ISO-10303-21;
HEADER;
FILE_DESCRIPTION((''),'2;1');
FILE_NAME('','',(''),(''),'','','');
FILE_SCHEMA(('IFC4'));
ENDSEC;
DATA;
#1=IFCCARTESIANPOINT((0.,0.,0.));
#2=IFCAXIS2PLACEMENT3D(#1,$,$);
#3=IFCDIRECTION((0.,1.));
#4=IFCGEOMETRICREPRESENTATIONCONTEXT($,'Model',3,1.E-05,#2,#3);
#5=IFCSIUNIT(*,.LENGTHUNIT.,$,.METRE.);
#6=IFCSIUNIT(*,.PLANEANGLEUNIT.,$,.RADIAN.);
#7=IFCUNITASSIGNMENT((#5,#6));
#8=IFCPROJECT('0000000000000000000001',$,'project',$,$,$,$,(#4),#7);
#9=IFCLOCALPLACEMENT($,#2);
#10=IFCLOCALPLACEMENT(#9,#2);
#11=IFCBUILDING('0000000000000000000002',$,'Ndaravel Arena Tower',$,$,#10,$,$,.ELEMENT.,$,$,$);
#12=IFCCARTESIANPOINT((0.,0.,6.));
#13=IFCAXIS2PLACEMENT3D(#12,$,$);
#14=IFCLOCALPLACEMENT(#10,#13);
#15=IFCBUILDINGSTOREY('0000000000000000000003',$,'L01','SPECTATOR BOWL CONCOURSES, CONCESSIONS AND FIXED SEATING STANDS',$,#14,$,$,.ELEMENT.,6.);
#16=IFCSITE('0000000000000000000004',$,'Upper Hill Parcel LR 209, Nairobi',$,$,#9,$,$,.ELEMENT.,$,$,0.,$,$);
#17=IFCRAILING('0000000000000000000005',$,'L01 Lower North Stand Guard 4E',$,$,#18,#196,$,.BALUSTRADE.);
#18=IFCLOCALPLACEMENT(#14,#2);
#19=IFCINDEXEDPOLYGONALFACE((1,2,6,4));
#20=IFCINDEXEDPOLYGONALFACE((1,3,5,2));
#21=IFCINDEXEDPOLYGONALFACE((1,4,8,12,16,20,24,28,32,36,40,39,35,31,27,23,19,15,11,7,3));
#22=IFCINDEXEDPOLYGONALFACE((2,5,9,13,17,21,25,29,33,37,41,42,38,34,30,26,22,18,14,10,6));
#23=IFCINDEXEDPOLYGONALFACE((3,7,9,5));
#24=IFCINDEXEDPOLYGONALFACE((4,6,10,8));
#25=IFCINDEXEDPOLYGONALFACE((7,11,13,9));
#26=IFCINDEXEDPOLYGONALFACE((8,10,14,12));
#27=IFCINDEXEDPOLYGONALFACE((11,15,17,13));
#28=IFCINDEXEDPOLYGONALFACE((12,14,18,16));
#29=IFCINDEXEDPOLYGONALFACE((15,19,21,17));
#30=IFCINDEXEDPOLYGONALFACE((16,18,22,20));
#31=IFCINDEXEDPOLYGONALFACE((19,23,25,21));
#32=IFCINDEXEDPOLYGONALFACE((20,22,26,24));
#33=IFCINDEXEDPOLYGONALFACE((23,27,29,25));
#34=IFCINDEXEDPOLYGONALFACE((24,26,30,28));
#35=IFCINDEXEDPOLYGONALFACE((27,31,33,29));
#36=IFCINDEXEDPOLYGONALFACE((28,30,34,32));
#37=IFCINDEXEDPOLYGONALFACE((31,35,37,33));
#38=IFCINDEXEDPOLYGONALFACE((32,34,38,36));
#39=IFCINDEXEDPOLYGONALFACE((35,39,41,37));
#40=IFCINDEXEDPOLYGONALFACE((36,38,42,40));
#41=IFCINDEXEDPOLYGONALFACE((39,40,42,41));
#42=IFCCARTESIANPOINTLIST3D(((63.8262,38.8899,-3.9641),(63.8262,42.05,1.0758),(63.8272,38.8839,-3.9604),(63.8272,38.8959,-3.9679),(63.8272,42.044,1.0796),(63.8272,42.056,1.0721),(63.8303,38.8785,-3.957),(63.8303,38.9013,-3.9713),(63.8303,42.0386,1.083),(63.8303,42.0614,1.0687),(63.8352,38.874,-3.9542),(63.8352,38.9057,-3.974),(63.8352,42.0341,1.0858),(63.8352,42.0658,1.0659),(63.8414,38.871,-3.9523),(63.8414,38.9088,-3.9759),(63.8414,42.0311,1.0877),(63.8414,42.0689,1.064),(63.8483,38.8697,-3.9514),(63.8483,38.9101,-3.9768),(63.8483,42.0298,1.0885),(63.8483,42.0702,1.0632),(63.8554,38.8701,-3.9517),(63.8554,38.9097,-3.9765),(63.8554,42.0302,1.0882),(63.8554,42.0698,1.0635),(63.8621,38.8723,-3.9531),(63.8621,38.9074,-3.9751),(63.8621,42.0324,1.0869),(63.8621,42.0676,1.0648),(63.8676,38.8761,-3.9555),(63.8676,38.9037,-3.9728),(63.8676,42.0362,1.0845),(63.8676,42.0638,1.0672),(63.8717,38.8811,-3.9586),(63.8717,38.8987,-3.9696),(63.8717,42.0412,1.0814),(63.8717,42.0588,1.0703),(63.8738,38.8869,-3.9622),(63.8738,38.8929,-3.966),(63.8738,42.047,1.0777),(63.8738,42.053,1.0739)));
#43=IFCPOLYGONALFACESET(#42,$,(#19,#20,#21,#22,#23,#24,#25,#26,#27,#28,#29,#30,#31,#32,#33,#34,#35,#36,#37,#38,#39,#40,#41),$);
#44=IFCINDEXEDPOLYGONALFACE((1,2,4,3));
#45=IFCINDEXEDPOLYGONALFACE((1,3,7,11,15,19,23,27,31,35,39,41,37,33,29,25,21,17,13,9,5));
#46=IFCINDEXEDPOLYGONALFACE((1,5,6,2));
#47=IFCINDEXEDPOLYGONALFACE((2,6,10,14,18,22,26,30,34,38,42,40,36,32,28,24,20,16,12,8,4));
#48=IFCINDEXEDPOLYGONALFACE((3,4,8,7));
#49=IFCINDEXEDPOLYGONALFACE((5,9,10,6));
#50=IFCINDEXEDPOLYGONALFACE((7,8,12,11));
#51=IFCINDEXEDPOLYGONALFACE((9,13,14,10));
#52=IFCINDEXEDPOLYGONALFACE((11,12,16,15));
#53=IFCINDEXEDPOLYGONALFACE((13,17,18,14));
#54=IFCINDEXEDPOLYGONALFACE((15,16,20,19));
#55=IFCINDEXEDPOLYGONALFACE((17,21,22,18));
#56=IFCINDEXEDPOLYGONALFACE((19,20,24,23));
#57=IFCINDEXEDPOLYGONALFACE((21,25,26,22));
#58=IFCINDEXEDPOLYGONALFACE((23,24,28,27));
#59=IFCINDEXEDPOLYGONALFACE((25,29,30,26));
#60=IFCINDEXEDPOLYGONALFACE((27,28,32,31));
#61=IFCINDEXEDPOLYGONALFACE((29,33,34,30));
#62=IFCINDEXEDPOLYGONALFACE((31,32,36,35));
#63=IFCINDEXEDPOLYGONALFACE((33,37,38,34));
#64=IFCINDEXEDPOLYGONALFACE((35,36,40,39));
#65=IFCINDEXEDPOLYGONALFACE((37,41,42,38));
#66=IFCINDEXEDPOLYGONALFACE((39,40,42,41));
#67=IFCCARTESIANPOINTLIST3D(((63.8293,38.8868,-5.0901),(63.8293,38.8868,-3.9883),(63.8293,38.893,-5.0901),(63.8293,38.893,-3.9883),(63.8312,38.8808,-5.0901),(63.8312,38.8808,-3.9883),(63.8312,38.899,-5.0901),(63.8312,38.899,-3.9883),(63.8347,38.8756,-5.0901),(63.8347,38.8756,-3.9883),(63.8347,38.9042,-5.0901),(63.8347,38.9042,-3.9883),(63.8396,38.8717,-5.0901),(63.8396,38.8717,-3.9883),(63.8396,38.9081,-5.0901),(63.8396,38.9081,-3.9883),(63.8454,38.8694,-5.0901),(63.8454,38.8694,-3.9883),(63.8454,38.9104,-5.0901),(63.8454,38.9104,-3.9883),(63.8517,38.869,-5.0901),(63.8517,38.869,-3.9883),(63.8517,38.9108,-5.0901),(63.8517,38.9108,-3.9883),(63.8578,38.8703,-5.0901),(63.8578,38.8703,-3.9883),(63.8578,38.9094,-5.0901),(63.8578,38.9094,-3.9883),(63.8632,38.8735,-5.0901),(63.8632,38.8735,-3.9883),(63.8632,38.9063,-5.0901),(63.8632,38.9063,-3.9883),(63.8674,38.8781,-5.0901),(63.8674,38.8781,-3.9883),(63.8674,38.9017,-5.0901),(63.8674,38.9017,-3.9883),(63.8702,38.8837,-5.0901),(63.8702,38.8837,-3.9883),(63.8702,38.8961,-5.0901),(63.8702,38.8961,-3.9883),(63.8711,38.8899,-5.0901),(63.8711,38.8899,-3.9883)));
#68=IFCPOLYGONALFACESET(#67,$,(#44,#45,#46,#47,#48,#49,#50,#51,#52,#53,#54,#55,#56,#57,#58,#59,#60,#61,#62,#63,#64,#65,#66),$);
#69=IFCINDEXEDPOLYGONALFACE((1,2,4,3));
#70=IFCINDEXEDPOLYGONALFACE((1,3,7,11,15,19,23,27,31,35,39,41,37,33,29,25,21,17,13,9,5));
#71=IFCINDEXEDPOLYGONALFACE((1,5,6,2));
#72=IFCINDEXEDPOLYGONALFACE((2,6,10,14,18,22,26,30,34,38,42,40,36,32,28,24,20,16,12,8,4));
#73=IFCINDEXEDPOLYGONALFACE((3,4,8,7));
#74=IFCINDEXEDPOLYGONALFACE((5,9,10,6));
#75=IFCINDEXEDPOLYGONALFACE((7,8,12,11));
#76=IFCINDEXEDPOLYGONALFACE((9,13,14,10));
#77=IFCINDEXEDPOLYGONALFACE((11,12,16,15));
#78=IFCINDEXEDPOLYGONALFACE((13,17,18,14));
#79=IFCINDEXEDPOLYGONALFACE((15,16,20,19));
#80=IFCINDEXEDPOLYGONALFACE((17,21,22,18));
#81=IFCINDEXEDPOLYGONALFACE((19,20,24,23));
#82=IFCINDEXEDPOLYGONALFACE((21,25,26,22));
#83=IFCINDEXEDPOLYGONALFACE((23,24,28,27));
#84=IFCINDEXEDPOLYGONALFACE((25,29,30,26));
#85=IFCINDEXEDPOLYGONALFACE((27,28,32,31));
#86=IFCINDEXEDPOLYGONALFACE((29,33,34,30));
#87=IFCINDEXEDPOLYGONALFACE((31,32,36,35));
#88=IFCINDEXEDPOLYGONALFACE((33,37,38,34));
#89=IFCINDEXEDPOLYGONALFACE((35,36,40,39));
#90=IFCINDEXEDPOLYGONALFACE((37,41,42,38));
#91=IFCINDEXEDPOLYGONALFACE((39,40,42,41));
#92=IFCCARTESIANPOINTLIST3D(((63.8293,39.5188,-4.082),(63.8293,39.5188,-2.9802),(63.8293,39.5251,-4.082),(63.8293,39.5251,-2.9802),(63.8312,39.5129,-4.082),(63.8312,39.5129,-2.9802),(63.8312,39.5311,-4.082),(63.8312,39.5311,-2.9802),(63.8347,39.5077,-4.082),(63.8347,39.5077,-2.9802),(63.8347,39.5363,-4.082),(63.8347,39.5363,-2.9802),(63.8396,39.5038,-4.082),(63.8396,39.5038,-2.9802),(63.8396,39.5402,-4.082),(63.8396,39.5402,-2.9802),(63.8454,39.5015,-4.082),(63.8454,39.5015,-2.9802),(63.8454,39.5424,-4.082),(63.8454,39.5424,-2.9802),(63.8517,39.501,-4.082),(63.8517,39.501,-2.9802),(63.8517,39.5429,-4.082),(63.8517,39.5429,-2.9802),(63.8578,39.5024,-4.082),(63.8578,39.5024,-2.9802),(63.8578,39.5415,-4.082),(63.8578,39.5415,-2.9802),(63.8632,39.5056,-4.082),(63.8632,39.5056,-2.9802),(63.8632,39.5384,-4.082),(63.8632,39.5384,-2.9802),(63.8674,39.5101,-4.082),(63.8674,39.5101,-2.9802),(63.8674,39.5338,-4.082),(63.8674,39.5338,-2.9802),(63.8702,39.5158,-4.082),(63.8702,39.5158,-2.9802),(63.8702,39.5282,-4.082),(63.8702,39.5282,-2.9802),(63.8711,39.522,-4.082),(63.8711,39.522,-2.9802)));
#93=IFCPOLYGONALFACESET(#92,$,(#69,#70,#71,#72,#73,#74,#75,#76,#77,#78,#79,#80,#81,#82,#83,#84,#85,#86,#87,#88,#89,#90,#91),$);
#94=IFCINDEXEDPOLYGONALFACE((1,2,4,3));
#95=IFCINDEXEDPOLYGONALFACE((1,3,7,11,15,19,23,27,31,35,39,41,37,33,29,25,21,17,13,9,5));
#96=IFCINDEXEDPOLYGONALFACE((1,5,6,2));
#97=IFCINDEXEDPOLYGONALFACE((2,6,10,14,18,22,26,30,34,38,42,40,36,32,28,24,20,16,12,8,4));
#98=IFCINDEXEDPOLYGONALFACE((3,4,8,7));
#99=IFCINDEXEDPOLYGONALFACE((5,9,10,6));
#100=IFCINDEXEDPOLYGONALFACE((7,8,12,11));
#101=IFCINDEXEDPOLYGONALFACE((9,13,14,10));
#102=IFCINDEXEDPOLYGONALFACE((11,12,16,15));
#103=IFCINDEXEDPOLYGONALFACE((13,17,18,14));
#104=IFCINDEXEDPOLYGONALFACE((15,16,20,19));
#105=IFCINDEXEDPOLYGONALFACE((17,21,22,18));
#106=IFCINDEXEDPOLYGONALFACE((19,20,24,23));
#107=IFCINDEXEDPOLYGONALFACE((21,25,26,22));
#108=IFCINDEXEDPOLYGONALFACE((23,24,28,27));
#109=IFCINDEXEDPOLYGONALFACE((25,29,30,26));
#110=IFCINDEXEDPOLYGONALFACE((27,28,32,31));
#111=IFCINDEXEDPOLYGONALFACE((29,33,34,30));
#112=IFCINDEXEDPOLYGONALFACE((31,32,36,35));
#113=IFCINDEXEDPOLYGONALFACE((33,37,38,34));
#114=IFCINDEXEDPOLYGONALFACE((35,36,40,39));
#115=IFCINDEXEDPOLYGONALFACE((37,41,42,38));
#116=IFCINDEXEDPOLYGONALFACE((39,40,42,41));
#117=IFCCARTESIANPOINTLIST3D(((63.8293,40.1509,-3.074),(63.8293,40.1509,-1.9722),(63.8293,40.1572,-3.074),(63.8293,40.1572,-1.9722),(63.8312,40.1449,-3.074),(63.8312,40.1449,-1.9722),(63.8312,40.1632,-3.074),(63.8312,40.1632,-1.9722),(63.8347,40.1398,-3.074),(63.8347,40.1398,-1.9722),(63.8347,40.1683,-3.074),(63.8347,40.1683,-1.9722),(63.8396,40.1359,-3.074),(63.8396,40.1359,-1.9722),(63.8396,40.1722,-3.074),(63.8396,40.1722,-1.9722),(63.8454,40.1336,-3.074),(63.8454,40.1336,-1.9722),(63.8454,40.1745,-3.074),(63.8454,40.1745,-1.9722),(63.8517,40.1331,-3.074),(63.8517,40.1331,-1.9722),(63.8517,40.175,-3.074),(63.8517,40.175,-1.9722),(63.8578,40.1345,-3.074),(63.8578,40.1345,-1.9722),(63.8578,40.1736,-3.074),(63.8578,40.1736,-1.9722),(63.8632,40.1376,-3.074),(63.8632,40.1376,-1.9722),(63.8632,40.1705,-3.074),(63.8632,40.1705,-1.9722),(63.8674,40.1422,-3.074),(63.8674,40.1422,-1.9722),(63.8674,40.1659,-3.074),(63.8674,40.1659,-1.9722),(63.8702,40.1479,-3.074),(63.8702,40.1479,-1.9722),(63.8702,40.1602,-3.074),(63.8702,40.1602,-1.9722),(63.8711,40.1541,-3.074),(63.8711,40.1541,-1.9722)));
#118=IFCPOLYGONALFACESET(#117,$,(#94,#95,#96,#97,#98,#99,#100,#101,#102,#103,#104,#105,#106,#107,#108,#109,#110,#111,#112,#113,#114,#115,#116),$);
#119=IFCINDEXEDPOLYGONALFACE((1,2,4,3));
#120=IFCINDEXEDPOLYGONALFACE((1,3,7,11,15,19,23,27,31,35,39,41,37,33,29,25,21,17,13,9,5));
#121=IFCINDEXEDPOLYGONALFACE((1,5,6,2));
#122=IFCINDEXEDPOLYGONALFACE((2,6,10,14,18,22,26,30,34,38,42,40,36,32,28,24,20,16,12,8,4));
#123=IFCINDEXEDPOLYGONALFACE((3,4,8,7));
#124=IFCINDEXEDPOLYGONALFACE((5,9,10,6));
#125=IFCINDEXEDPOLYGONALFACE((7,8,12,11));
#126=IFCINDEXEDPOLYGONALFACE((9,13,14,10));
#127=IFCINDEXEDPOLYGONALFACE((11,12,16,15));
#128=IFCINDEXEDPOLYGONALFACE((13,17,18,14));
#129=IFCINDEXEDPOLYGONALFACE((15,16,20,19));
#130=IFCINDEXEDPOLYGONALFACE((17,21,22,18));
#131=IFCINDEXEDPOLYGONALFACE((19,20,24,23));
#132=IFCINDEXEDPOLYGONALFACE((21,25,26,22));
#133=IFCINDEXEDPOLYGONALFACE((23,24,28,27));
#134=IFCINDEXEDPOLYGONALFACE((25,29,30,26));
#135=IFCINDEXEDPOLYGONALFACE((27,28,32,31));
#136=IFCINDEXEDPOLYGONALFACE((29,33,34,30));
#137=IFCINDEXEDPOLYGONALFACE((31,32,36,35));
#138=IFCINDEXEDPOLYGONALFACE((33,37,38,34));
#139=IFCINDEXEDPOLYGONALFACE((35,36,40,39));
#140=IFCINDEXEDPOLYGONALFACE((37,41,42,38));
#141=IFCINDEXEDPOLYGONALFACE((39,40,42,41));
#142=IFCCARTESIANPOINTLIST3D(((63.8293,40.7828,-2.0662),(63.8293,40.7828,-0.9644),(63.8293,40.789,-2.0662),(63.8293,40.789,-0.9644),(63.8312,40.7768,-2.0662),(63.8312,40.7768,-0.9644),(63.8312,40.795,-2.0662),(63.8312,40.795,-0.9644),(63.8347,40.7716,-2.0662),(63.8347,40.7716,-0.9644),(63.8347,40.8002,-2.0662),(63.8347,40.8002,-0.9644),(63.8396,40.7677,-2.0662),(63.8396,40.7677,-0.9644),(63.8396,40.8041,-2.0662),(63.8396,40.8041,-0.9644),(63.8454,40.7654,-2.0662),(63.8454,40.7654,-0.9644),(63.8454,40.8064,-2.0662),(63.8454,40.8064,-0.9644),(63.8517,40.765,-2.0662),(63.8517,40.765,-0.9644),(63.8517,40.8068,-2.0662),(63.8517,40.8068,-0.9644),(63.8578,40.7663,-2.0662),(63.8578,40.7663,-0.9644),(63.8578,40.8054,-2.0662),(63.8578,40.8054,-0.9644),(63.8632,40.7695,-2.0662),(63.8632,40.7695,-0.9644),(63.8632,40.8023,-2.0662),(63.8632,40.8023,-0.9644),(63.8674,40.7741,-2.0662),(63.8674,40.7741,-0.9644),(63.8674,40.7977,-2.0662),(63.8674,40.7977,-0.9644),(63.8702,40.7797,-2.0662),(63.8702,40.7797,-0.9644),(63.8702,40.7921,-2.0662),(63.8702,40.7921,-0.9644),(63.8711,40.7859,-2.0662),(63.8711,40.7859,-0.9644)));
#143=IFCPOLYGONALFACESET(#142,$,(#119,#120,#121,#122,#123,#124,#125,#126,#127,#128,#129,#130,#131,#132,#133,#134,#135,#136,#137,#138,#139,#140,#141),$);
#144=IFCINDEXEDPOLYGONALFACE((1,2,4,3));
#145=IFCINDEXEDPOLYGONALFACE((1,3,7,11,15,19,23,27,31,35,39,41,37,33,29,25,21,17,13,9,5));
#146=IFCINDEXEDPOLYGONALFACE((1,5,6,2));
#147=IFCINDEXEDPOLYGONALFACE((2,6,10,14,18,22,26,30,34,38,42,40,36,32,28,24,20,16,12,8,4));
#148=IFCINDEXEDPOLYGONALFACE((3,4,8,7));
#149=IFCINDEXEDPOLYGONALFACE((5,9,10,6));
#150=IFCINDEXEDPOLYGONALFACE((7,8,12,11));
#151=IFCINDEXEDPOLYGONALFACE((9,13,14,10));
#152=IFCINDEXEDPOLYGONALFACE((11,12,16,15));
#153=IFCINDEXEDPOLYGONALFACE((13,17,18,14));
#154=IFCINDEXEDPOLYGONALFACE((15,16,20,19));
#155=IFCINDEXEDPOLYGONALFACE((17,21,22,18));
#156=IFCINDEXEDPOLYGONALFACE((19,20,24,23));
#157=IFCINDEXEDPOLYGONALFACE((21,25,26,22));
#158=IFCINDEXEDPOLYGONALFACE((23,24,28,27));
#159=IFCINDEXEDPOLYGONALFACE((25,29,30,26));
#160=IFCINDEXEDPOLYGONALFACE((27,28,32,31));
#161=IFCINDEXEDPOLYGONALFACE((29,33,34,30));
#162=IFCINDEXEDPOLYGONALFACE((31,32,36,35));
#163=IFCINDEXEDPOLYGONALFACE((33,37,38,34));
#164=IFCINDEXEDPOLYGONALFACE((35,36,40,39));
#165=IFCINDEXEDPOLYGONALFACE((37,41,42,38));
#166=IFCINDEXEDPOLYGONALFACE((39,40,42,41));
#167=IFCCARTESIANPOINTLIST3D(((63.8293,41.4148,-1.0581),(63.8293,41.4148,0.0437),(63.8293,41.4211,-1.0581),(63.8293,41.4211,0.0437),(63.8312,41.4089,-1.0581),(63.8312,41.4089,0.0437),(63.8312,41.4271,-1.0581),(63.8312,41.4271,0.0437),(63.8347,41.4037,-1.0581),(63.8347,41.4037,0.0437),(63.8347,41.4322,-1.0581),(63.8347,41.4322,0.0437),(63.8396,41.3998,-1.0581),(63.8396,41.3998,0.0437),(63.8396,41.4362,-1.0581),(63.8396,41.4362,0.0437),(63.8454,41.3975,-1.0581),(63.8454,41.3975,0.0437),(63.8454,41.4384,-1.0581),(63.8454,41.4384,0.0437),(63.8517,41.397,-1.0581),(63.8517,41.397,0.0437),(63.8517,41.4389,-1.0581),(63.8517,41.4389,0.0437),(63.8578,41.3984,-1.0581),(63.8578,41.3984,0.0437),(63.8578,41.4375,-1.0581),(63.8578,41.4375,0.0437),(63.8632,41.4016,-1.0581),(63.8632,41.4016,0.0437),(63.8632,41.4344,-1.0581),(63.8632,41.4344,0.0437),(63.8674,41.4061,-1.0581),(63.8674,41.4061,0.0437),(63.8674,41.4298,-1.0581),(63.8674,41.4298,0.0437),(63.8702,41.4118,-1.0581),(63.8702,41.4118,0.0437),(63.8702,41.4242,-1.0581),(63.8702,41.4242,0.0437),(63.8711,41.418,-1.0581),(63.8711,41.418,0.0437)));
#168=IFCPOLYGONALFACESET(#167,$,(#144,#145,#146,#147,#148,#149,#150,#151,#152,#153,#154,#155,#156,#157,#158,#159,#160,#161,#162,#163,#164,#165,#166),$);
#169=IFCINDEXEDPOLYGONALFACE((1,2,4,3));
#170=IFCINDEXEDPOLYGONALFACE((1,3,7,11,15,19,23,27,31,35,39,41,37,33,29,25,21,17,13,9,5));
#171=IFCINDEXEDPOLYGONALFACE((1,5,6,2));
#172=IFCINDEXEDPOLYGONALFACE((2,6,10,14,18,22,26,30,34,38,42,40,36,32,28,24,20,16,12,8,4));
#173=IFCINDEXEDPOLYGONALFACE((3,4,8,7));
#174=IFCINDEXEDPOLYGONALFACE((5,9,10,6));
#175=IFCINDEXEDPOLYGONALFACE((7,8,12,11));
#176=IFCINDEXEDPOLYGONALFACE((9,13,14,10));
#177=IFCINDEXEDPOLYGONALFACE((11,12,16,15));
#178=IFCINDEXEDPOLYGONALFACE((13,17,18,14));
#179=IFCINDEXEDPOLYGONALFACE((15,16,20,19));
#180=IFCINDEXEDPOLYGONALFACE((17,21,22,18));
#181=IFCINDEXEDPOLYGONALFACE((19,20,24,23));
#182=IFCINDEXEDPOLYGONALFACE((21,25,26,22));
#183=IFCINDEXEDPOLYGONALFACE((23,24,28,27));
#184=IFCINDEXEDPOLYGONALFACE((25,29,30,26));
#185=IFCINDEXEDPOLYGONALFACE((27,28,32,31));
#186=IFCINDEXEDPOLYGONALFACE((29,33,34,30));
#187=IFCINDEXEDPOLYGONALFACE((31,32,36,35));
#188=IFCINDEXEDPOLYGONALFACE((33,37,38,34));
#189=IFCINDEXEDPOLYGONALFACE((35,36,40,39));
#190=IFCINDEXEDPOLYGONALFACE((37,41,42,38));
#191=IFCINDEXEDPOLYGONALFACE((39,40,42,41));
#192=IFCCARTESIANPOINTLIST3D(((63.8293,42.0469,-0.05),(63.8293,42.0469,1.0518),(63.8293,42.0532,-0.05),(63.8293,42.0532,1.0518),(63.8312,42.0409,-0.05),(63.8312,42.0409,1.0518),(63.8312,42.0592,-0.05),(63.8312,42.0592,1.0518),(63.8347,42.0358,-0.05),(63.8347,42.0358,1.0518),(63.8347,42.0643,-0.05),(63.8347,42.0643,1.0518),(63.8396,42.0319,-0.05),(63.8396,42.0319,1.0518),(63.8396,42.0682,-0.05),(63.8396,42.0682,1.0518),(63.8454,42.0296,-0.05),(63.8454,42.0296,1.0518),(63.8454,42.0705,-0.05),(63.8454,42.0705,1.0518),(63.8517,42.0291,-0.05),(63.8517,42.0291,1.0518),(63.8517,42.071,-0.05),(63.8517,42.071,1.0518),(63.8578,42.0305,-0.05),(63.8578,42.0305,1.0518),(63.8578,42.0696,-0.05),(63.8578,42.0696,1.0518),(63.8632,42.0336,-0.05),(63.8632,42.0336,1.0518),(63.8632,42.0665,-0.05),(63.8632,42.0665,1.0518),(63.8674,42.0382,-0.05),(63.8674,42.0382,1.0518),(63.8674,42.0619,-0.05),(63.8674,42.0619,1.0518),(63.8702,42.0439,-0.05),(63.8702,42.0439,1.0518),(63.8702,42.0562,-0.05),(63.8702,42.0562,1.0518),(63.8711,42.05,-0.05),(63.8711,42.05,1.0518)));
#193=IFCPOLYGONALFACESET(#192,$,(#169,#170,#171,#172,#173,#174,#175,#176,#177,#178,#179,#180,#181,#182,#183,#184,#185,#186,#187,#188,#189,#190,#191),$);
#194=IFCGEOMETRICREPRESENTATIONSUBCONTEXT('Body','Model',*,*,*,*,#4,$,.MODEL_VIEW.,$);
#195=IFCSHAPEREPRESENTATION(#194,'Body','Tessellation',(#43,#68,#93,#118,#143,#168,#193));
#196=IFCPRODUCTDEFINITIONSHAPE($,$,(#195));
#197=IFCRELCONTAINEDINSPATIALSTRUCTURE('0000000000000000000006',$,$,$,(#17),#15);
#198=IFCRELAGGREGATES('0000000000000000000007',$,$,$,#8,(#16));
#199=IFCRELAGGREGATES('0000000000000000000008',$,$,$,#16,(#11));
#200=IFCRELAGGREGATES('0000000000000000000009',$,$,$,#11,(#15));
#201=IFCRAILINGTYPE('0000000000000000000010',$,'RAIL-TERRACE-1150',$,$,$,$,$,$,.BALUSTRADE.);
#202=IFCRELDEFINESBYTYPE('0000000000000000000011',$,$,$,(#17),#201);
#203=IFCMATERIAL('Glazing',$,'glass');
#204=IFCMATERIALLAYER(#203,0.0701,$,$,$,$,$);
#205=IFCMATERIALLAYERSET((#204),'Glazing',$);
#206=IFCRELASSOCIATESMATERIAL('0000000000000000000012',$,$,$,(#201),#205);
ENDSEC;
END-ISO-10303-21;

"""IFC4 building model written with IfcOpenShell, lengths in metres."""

from ifc_helpers import new_model, si_unit, direction, frame, origin, origin_2d, place, context, subcontext, project, spatial, circle, extrude, material, layer, layer_set, type_object, element, save


model = new_model("IFC4")

# Units and contexts
model_context = context("Model", 3, precision=1e-05, world=origin(), true_north=direction((0.0, 1.0)))
body_context = subcontext(model_context, "Body", "Model", "MODEL_VIEW")
ifc_project = project(units=[si_unit("LENGTHUNIT", "METRE"), si_unit("PLANEANGLEUNIT", "RADIAN")], contexts=[model_context])

# Site, building, storey
site_placement = place(None, origin())
site = spatial("IfcSite", under=ifc_project, at=site_placement, Name="Upper Hill Parcel LR 209, Nairobi", CompositionType="ELEMENT", RefElevation=0.0)
building_placement = place(site_placement, origin())
building = spatial("IfcBuilding", under=site, at=building_placement, Name="Ndaravel Arena Tower", CompositionType="ELEMENT")
storey_placement = place(building_placement, frame((0.0, 0.0, 6.0)))
storey = spatial("IfcBuildingStorey", under=building, at=storey_placement, Name="L01", Description="SPECTATOR BOWL CONCOURSES, CONCESSIONS AND FIXED SEATING STANDS", CompositionType="ELEMENT", Elevation=6.0)

# Railing
ifc_material_1 = material(Name="Glazing", Category="glass")
ifc_layer_1 = layer(ifc_material_1, 0.0701)
ifc_layer_set_1 = layer_set([ifc_layer_1], Name="Glazing")
railing_type_1 = type_object("IfcRailingType", Name="RAIL-TERRACE-1150", PredefinedType="BALUSTRADE", material=ifc_layer_set_1)
railing_1_placement = place(storey_placement, frame((63.8501, 38.8899, -5.0901)))
element("IfcRailing", 1, at=railing_1_placement, inside=storey, type_object=railing_type_1, Name="L01 Lower North Stand Guard 4E", PredefinedType="BALUSTRADE", context=body_context, shape_type="SweptSolid", body=[
    extrude(circle(Radius=0.0239, at=origin_2d()), frame((0.0, 0.0, 1.126), z_axis=(0.0, 0.531223, 0.847232), x_axis=(-1.0, 0.0, 0.0)), (0.0, 0.0, 1.0), 5.9487),
    extrude(circle(Radius=0.021, at=origin_2d()), origin(), (0.0, 0.0, 1.0), 1.1018),
    extrude(circle(Radius=0.021, at=origin_2d()), frame((0.0, 0.6321, 1.0081)), (0.0, 0.0, 1.0), 1.1018),
    extrude(circle(Radius=0.021, at=origin_2d()), frame((0.0, 1.2642, 2.0161)), (0.0, 0.0, 1.0), 1.1018),
    extrude(circle(Radius=0.021, at=origin_2d()), frame((0.0, 1.896, 3.0239)), (0.0, 0.0, 1.0), 1.1018),
    extrude(circle(Radius=0.021, at=origin_2d()), frame((0.0, 2.5281, 4.032)), (0.0, 0.0, 1.0), 1.1018),
    extrude(circle(Radius=0.021, at=origin_2d()), frame((0.0, 3.1602, 5.04)), (0.0, 0.0, 1.0), 1.1018),
])

save(model, "model.ifc")
